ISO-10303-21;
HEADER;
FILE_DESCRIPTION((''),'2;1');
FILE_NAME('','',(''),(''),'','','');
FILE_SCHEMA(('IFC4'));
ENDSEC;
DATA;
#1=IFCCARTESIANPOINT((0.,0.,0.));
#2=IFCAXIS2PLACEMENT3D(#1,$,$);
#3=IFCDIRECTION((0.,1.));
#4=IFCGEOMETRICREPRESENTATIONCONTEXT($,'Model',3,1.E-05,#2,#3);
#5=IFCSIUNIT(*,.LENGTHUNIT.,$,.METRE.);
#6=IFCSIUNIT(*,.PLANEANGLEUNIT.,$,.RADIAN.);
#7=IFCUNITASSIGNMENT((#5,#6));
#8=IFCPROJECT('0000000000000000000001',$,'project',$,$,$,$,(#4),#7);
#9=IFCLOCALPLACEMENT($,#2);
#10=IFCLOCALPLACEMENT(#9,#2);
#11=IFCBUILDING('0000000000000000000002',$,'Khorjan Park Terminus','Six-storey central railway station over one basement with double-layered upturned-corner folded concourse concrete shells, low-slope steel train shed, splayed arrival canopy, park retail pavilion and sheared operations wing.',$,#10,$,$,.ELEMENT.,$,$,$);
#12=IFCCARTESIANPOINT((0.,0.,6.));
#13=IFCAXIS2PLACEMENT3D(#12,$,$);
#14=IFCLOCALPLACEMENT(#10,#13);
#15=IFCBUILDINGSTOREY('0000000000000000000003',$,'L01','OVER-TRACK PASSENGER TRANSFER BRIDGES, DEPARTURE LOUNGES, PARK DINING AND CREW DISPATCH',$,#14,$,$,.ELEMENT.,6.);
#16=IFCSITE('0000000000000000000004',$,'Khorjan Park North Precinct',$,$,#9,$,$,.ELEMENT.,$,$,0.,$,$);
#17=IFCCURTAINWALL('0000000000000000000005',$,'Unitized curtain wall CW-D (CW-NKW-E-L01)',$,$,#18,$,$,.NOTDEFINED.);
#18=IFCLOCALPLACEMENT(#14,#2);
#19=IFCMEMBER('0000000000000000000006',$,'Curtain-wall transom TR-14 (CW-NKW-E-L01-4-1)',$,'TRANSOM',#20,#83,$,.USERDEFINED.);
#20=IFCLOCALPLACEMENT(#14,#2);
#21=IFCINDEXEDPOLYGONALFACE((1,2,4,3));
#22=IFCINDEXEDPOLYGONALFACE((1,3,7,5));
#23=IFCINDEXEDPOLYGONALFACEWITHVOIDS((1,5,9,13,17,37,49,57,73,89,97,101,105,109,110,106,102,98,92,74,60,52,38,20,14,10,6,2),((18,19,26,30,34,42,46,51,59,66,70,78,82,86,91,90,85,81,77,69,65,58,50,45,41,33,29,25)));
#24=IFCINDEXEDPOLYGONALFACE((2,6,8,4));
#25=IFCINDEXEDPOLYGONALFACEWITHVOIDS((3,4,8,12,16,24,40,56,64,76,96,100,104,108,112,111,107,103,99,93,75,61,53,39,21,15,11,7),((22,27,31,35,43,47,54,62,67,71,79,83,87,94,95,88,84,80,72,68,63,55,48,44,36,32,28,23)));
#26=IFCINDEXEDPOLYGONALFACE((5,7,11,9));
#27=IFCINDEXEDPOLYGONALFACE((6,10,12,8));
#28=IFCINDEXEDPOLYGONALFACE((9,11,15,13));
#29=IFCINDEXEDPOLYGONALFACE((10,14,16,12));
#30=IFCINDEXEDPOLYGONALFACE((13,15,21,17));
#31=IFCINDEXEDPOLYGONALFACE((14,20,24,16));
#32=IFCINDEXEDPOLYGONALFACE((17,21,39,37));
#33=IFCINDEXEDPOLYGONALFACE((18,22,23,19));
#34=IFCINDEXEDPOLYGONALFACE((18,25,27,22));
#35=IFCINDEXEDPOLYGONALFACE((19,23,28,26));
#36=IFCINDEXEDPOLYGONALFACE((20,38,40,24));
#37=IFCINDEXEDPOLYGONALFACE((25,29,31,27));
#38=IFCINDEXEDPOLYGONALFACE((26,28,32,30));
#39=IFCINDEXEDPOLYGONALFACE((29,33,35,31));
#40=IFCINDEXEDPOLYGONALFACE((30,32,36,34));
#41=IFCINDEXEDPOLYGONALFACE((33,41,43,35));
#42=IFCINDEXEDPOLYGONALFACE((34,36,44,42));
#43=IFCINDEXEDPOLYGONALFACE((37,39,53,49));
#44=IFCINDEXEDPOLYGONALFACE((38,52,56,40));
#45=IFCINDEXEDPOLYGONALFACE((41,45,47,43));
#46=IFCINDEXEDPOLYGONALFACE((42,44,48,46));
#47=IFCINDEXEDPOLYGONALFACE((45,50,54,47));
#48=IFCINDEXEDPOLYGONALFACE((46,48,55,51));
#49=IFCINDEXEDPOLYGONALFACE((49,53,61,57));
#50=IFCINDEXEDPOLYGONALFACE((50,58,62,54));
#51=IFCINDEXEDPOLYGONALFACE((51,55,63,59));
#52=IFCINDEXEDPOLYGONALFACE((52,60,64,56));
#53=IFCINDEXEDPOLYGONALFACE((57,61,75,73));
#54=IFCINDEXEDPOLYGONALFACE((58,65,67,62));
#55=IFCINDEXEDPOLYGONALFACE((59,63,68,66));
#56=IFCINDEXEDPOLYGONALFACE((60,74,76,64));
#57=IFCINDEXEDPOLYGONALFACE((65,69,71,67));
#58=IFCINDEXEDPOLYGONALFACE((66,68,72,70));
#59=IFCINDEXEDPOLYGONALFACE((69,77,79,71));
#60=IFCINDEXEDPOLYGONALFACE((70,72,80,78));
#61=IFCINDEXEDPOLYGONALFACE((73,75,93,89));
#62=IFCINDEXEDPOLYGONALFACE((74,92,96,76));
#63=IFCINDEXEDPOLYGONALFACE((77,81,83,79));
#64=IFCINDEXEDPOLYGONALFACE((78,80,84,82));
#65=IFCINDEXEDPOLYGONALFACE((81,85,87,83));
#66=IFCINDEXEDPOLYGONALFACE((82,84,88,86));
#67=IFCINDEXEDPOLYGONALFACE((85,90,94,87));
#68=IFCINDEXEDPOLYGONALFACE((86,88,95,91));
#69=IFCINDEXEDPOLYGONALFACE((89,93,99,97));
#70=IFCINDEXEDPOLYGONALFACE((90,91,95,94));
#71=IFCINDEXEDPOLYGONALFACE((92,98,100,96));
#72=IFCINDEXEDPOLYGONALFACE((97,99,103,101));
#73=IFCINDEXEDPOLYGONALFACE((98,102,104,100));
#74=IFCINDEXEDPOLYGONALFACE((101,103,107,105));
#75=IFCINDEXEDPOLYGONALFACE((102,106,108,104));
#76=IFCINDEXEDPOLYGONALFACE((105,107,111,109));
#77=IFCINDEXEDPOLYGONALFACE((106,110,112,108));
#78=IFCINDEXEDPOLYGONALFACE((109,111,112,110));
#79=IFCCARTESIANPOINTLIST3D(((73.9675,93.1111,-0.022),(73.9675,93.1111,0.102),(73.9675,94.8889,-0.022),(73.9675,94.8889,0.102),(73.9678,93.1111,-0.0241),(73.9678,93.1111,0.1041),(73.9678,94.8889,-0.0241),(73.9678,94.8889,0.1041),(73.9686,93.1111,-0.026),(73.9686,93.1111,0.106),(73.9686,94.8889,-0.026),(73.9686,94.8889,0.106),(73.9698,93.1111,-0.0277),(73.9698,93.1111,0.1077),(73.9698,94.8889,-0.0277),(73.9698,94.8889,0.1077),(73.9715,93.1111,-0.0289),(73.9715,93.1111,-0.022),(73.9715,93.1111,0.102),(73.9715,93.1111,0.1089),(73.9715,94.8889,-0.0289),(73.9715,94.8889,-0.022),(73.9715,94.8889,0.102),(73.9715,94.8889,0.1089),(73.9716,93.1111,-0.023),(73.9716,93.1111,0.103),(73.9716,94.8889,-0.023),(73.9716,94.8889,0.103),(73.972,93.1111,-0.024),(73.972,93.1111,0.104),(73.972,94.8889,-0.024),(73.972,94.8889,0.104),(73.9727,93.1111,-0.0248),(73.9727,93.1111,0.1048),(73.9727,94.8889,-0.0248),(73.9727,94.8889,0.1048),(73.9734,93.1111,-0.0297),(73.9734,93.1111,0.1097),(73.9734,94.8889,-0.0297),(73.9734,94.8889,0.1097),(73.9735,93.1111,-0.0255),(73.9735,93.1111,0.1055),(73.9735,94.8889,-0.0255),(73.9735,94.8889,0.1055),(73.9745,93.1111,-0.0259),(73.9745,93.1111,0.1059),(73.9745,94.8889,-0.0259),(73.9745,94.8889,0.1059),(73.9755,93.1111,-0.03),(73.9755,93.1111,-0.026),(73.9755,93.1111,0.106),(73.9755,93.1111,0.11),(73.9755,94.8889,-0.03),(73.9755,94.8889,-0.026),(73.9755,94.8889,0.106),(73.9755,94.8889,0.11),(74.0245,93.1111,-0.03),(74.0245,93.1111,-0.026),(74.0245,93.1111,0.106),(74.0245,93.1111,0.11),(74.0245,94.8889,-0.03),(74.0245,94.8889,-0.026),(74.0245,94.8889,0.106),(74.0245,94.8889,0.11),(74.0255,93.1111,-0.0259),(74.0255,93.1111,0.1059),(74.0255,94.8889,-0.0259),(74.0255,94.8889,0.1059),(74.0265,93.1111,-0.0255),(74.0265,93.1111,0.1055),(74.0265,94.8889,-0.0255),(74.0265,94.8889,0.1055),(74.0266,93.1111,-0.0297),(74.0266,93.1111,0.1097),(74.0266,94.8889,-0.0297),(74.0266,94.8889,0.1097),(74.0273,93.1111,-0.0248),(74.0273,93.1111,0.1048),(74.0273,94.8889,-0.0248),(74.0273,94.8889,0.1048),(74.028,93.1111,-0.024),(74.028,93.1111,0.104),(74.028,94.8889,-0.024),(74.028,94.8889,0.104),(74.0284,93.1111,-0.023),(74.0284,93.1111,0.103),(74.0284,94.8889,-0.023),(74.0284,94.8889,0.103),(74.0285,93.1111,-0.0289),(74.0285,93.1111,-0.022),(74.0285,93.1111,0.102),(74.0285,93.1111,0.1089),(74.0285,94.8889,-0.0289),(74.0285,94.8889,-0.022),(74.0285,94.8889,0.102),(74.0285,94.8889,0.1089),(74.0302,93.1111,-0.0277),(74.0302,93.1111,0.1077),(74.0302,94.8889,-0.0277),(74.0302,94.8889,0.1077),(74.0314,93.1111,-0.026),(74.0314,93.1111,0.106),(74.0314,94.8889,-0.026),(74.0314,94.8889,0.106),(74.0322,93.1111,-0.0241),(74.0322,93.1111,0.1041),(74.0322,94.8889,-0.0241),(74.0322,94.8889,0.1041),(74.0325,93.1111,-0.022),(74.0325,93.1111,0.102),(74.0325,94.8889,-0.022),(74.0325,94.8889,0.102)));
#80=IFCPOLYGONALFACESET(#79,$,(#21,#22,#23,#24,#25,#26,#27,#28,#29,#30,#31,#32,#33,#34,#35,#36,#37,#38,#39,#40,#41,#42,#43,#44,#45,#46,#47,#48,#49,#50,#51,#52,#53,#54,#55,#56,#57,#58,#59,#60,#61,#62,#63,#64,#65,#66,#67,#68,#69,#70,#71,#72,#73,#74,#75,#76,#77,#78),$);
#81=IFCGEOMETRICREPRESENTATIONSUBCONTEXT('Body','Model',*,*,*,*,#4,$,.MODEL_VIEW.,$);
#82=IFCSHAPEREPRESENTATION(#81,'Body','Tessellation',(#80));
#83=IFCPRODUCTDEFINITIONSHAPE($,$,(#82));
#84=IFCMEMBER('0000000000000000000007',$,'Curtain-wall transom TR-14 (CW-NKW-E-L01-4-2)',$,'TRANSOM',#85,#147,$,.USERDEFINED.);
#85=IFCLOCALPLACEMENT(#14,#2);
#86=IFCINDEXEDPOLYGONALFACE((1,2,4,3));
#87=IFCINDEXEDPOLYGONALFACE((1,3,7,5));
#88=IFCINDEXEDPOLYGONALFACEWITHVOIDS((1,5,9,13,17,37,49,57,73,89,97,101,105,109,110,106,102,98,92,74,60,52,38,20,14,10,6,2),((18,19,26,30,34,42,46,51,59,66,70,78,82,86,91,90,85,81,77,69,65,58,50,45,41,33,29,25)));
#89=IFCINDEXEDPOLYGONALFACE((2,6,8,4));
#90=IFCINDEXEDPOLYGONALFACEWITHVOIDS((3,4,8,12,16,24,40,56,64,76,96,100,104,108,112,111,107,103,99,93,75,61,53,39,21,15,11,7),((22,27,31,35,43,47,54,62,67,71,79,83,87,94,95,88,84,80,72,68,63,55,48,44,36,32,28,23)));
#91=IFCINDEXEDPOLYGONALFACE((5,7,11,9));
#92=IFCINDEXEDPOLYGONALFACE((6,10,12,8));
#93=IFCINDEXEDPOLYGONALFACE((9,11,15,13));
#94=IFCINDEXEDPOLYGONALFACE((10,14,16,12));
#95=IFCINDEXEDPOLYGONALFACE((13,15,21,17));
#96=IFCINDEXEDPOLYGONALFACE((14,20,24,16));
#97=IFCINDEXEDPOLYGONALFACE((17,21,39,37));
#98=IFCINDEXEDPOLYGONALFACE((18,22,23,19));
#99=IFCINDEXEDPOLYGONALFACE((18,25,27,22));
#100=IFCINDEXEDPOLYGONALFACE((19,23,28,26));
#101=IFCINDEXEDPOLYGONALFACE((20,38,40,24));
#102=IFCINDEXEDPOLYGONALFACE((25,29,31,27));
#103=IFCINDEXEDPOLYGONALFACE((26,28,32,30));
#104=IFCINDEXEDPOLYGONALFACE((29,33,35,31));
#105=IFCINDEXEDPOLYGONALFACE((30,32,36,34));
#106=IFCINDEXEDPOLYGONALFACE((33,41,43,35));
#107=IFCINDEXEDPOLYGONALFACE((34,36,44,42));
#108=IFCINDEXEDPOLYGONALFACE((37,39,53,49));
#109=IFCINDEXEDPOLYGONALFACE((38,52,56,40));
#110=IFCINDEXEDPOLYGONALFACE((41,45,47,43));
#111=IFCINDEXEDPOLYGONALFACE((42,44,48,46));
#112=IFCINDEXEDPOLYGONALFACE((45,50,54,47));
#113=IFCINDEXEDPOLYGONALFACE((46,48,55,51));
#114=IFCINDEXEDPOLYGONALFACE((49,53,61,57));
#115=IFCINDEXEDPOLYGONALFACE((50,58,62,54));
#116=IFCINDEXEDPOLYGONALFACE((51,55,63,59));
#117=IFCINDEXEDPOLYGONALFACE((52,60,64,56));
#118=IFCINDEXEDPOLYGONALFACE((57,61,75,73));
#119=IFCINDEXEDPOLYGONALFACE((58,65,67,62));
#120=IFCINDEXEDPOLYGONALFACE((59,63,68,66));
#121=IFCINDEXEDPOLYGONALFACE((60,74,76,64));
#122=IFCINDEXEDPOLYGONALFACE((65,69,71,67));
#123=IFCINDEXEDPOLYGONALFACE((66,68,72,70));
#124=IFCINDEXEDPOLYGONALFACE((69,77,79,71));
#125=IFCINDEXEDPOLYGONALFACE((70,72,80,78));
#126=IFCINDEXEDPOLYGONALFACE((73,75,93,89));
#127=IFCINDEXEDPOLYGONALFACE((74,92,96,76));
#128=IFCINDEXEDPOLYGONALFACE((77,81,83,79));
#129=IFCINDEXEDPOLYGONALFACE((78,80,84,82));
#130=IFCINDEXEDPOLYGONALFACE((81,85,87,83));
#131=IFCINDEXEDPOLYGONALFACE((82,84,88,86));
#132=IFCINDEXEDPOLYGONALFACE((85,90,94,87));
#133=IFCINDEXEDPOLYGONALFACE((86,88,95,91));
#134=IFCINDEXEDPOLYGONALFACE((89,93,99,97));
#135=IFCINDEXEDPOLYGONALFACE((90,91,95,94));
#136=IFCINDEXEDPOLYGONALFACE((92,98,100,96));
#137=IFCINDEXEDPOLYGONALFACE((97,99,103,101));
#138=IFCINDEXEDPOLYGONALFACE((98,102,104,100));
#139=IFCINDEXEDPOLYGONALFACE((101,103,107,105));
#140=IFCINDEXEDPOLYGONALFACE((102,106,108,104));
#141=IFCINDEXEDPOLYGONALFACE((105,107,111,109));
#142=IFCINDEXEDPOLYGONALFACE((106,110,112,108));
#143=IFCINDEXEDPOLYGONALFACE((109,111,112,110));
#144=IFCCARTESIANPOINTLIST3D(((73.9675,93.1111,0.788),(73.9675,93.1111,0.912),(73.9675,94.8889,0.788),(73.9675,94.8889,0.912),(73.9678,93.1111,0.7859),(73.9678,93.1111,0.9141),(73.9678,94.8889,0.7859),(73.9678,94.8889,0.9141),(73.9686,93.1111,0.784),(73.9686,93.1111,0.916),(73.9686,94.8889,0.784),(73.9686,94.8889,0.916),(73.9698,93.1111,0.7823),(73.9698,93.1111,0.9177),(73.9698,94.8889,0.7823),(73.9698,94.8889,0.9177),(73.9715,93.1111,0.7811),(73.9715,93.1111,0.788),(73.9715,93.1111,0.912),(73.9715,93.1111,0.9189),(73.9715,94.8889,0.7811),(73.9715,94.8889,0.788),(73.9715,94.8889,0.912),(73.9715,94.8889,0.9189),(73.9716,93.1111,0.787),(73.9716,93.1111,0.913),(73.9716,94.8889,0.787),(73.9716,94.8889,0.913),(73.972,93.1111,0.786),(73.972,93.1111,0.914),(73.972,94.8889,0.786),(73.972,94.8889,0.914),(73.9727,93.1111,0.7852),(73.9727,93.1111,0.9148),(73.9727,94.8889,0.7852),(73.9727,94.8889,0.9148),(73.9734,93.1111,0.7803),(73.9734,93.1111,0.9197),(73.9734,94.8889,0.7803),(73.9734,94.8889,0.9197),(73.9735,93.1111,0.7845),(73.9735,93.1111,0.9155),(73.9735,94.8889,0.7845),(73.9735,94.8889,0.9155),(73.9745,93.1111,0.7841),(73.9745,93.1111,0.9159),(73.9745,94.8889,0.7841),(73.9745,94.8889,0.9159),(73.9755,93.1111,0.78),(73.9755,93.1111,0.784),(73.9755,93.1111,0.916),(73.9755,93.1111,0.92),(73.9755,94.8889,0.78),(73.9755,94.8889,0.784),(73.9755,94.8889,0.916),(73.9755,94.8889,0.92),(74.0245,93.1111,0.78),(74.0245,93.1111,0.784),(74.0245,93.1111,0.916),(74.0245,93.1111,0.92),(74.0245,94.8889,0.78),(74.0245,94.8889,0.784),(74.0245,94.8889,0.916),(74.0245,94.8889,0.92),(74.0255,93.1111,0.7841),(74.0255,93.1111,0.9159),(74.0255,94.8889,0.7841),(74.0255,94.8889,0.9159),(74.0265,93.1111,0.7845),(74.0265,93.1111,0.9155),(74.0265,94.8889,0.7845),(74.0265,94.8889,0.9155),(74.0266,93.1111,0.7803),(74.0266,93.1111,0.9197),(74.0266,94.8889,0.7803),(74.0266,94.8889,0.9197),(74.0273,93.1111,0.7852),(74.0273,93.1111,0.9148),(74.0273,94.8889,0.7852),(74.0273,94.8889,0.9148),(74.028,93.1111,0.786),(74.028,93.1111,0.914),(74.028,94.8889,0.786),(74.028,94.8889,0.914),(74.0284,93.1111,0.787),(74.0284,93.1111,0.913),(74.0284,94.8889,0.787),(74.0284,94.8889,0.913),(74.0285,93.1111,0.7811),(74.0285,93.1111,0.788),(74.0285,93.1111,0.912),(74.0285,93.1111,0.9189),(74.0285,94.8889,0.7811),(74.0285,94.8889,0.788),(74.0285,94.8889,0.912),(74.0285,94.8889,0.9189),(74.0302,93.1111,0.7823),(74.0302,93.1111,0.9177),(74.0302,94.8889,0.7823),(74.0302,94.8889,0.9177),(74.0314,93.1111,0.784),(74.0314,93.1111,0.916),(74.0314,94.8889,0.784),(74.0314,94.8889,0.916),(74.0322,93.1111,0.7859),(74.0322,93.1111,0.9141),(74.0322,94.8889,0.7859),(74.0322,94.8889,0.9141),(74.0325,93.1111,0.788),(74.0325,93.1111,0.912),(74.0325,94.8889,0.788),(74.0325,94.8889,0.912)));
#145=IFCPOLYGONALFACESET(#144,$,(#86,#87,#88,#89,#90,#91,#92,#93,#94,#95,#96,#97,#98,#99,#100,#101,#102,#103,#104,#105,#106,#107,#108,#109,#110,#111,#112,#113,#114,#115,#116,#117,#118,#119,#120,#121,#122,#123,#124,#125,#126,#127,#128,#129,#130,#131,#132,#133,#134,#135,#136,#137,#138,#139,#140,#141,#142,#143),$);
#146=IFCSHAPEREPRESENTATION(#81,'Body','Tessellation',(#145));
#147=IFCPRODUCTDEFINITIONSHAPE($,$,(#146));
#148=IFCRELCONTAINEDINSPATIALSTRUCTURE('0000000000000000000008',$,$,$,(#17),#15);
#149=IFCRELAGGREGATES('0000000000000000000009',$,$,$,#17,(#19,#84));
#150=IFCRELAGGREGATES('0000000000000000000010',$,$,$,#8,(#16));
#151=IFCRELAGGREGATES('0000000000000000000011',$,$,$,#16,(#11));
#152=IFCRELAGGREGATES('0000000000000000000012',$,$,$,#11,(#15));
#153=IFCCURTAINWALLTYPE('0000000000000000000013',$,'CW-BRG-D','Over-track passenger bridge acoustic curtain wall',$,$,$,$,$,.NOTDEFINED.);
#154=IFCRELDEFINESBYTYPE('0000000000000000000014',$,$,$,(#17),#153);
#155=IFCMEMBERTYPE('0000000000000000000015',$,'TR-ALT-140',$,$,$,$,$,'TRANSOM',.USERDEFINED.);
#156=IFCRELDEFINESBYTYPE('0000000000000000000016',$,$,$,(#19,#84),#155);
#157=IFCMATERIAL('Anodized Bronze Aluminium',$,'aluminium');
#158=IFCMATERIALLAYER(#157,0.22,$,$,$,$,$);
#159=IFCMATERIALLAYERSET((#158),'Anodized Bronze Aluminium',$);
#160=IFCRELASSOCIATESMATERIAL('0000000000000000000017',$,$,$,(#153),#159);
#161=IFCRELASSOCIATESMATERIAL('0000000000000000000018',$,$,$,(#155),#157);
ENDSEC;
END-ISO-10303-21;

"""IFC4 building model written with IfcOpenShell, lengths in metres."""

from ifc_helpers import new_model, si_unit, direction, frame, origin, origin_2d, place, context, subcontext, project, spatial, hollow_rectangle, extrude, material, layer, layer_set, material_profile, profile_set, type_object, element, aggregate, save


model = new_model("IFC4")

# Units and contexts
model_context = context("Model", 3, precision=1e-05, world=origin(), true_north=direction((0.0, 1.0)))
body_context = subcontext(model_context, "Body", "Model", "MODEL_VIEW")
ifc_project = project(units=[si_unit("LENGTHUNIT", "METRE"), si_unit("PLANEANGLEUNIT", "RADIAN")], contexts=[model_context])

# Site, building, storey
site_placement = place(None, origin())
site = spatial("IfcSite", under=ifc_project, at=site_placement, Name="Khorjan Park North Precinct", CompositionType="ELEMENT", RefElevation=0.0)
building_placement = place(site_placement, origin())
building = spatial("IfcBuilding", under=site, at=building_placement, Name="Khorjan Park Terminus", Description="Six-storey central railway station over one basement with double-layered upturned-corner folded concourse concrete shells, low-slope steel train shed, splayed arrival canopy, park retail pavilion and sheared operations wing.", CompositionType="ELEMENT")
storey_placement = place(building_placement, frame((0.0, 0.0, 6.0)))
storey = spatial("IfcBuildingStorey", under=building, at=storey_placement, Name="L01", Description="OVER-TRACK PASSENGER TRANSFER BRIDGES, DEPARTURE LOUNGES, PARK DINING AND CREW DISPATCH", CompositionType="ELEMENT", Elevation=6.0)

# Curtain wall, members
ifc_material_1 = material(Name="Anodized Bronze Aluminium", Category="aluminium")
ifc_layer_1 = layer(ifc_material_1, 0.22)
ifc_layer_set_1 = layer_set([ifc_layer_1], Name="Anodized Bronze Aluminium")
curtain_wall_type = type_object("IfcCurtainWallType", Name="CW-BRG-D", Description="Over-track passenger bridge acoustic curtain wall", PredefinedType="NOTDEFINED", material=ifc_layer_set_1)
curtain_wall_placement = place(storey_placement, origin())
curtain_wall = element("IfcCurtainWall", 1, at=curtain_wall_placement, inside=storey, type_object=curtain_wall_type, Name="Unitized curtain wall CW-D (CW-NKW-E-L01)", PredefinedType="NOTDEFINED")
ifc_material_profile_1 = material_profile(ifc_material_1, hollow_rectangle(XDim=0.065, YDim=0.14, WallThickness=0.004, InnerFilletRadius=0.004, OuterFilletRadius=0.008, at=origin_2d()), Name="ALT 65x140x4")
ifc_profile_set_1 = profile_set([ifc_material_profile_1], Name="Anodized Bronze Aluminium")
member_type_1 = type_object("IfcMemberType", Name="TR-ALT-140", ElementType="TRANSOM", PredefinedType="USERDEFINED", material=ifc_profile_set_1)
member_1_placement = place(storey_placement, frame((74.0, 93.1111, 0.04), z_axis=(0.0, 1.0, 0.0), x_axis=(-1.0, 0.0, 0.0)))
member_1 = element("IfcMember", 2, at=member_1_placement, type_object=member_type_1, Name="Curtain-wall transom TR-14 (CW-NKW-E-L01-4-1)", ObjectType="TRANSOM", PredefinedType="USERDEFINED", context=body_context, shape_type="SweptSolid", body=[
    extrude(hollow_rectangle(XDim=0.065, YDim=0.14, WallThickness=0.004, InnerFilletRadius=0.004, OuterFilletRadius=0.008, at=origin_2d()), origin(), (0.0, 0.0, 1.0), 1.7778),
])
member_2_placement = place(storey_placement, frame((74.0, 93.1111, 0.85), z_axis=(0.0, 1.0, 0.0), x_axis=(-1.0, 0.0, 0.0)))
member_2 = element("IfcMember", 3, at=member_2_placement, type_object=member_type_1, Name="Curtain-wall transom TR-14 (CW-NKW-E-L01-4-2)", ObjectType="TRANSOM", PredefinedType="USERDEFINED", context=body_context, shape_type="SweptSolid", body=[
    extrude(hollow_rectangle(XDim=0.065, YDim=0.14, WallThickness=0.004, InnerFilletRadius=0.004, OuterFilletRadius=0.008, at=origin_2d()), origin(), (0.0, 0.0, 1.0), 1.7778),
])
aggregate(curtain_wall, [member_1, member_2])

save(model, "model.ifc")
